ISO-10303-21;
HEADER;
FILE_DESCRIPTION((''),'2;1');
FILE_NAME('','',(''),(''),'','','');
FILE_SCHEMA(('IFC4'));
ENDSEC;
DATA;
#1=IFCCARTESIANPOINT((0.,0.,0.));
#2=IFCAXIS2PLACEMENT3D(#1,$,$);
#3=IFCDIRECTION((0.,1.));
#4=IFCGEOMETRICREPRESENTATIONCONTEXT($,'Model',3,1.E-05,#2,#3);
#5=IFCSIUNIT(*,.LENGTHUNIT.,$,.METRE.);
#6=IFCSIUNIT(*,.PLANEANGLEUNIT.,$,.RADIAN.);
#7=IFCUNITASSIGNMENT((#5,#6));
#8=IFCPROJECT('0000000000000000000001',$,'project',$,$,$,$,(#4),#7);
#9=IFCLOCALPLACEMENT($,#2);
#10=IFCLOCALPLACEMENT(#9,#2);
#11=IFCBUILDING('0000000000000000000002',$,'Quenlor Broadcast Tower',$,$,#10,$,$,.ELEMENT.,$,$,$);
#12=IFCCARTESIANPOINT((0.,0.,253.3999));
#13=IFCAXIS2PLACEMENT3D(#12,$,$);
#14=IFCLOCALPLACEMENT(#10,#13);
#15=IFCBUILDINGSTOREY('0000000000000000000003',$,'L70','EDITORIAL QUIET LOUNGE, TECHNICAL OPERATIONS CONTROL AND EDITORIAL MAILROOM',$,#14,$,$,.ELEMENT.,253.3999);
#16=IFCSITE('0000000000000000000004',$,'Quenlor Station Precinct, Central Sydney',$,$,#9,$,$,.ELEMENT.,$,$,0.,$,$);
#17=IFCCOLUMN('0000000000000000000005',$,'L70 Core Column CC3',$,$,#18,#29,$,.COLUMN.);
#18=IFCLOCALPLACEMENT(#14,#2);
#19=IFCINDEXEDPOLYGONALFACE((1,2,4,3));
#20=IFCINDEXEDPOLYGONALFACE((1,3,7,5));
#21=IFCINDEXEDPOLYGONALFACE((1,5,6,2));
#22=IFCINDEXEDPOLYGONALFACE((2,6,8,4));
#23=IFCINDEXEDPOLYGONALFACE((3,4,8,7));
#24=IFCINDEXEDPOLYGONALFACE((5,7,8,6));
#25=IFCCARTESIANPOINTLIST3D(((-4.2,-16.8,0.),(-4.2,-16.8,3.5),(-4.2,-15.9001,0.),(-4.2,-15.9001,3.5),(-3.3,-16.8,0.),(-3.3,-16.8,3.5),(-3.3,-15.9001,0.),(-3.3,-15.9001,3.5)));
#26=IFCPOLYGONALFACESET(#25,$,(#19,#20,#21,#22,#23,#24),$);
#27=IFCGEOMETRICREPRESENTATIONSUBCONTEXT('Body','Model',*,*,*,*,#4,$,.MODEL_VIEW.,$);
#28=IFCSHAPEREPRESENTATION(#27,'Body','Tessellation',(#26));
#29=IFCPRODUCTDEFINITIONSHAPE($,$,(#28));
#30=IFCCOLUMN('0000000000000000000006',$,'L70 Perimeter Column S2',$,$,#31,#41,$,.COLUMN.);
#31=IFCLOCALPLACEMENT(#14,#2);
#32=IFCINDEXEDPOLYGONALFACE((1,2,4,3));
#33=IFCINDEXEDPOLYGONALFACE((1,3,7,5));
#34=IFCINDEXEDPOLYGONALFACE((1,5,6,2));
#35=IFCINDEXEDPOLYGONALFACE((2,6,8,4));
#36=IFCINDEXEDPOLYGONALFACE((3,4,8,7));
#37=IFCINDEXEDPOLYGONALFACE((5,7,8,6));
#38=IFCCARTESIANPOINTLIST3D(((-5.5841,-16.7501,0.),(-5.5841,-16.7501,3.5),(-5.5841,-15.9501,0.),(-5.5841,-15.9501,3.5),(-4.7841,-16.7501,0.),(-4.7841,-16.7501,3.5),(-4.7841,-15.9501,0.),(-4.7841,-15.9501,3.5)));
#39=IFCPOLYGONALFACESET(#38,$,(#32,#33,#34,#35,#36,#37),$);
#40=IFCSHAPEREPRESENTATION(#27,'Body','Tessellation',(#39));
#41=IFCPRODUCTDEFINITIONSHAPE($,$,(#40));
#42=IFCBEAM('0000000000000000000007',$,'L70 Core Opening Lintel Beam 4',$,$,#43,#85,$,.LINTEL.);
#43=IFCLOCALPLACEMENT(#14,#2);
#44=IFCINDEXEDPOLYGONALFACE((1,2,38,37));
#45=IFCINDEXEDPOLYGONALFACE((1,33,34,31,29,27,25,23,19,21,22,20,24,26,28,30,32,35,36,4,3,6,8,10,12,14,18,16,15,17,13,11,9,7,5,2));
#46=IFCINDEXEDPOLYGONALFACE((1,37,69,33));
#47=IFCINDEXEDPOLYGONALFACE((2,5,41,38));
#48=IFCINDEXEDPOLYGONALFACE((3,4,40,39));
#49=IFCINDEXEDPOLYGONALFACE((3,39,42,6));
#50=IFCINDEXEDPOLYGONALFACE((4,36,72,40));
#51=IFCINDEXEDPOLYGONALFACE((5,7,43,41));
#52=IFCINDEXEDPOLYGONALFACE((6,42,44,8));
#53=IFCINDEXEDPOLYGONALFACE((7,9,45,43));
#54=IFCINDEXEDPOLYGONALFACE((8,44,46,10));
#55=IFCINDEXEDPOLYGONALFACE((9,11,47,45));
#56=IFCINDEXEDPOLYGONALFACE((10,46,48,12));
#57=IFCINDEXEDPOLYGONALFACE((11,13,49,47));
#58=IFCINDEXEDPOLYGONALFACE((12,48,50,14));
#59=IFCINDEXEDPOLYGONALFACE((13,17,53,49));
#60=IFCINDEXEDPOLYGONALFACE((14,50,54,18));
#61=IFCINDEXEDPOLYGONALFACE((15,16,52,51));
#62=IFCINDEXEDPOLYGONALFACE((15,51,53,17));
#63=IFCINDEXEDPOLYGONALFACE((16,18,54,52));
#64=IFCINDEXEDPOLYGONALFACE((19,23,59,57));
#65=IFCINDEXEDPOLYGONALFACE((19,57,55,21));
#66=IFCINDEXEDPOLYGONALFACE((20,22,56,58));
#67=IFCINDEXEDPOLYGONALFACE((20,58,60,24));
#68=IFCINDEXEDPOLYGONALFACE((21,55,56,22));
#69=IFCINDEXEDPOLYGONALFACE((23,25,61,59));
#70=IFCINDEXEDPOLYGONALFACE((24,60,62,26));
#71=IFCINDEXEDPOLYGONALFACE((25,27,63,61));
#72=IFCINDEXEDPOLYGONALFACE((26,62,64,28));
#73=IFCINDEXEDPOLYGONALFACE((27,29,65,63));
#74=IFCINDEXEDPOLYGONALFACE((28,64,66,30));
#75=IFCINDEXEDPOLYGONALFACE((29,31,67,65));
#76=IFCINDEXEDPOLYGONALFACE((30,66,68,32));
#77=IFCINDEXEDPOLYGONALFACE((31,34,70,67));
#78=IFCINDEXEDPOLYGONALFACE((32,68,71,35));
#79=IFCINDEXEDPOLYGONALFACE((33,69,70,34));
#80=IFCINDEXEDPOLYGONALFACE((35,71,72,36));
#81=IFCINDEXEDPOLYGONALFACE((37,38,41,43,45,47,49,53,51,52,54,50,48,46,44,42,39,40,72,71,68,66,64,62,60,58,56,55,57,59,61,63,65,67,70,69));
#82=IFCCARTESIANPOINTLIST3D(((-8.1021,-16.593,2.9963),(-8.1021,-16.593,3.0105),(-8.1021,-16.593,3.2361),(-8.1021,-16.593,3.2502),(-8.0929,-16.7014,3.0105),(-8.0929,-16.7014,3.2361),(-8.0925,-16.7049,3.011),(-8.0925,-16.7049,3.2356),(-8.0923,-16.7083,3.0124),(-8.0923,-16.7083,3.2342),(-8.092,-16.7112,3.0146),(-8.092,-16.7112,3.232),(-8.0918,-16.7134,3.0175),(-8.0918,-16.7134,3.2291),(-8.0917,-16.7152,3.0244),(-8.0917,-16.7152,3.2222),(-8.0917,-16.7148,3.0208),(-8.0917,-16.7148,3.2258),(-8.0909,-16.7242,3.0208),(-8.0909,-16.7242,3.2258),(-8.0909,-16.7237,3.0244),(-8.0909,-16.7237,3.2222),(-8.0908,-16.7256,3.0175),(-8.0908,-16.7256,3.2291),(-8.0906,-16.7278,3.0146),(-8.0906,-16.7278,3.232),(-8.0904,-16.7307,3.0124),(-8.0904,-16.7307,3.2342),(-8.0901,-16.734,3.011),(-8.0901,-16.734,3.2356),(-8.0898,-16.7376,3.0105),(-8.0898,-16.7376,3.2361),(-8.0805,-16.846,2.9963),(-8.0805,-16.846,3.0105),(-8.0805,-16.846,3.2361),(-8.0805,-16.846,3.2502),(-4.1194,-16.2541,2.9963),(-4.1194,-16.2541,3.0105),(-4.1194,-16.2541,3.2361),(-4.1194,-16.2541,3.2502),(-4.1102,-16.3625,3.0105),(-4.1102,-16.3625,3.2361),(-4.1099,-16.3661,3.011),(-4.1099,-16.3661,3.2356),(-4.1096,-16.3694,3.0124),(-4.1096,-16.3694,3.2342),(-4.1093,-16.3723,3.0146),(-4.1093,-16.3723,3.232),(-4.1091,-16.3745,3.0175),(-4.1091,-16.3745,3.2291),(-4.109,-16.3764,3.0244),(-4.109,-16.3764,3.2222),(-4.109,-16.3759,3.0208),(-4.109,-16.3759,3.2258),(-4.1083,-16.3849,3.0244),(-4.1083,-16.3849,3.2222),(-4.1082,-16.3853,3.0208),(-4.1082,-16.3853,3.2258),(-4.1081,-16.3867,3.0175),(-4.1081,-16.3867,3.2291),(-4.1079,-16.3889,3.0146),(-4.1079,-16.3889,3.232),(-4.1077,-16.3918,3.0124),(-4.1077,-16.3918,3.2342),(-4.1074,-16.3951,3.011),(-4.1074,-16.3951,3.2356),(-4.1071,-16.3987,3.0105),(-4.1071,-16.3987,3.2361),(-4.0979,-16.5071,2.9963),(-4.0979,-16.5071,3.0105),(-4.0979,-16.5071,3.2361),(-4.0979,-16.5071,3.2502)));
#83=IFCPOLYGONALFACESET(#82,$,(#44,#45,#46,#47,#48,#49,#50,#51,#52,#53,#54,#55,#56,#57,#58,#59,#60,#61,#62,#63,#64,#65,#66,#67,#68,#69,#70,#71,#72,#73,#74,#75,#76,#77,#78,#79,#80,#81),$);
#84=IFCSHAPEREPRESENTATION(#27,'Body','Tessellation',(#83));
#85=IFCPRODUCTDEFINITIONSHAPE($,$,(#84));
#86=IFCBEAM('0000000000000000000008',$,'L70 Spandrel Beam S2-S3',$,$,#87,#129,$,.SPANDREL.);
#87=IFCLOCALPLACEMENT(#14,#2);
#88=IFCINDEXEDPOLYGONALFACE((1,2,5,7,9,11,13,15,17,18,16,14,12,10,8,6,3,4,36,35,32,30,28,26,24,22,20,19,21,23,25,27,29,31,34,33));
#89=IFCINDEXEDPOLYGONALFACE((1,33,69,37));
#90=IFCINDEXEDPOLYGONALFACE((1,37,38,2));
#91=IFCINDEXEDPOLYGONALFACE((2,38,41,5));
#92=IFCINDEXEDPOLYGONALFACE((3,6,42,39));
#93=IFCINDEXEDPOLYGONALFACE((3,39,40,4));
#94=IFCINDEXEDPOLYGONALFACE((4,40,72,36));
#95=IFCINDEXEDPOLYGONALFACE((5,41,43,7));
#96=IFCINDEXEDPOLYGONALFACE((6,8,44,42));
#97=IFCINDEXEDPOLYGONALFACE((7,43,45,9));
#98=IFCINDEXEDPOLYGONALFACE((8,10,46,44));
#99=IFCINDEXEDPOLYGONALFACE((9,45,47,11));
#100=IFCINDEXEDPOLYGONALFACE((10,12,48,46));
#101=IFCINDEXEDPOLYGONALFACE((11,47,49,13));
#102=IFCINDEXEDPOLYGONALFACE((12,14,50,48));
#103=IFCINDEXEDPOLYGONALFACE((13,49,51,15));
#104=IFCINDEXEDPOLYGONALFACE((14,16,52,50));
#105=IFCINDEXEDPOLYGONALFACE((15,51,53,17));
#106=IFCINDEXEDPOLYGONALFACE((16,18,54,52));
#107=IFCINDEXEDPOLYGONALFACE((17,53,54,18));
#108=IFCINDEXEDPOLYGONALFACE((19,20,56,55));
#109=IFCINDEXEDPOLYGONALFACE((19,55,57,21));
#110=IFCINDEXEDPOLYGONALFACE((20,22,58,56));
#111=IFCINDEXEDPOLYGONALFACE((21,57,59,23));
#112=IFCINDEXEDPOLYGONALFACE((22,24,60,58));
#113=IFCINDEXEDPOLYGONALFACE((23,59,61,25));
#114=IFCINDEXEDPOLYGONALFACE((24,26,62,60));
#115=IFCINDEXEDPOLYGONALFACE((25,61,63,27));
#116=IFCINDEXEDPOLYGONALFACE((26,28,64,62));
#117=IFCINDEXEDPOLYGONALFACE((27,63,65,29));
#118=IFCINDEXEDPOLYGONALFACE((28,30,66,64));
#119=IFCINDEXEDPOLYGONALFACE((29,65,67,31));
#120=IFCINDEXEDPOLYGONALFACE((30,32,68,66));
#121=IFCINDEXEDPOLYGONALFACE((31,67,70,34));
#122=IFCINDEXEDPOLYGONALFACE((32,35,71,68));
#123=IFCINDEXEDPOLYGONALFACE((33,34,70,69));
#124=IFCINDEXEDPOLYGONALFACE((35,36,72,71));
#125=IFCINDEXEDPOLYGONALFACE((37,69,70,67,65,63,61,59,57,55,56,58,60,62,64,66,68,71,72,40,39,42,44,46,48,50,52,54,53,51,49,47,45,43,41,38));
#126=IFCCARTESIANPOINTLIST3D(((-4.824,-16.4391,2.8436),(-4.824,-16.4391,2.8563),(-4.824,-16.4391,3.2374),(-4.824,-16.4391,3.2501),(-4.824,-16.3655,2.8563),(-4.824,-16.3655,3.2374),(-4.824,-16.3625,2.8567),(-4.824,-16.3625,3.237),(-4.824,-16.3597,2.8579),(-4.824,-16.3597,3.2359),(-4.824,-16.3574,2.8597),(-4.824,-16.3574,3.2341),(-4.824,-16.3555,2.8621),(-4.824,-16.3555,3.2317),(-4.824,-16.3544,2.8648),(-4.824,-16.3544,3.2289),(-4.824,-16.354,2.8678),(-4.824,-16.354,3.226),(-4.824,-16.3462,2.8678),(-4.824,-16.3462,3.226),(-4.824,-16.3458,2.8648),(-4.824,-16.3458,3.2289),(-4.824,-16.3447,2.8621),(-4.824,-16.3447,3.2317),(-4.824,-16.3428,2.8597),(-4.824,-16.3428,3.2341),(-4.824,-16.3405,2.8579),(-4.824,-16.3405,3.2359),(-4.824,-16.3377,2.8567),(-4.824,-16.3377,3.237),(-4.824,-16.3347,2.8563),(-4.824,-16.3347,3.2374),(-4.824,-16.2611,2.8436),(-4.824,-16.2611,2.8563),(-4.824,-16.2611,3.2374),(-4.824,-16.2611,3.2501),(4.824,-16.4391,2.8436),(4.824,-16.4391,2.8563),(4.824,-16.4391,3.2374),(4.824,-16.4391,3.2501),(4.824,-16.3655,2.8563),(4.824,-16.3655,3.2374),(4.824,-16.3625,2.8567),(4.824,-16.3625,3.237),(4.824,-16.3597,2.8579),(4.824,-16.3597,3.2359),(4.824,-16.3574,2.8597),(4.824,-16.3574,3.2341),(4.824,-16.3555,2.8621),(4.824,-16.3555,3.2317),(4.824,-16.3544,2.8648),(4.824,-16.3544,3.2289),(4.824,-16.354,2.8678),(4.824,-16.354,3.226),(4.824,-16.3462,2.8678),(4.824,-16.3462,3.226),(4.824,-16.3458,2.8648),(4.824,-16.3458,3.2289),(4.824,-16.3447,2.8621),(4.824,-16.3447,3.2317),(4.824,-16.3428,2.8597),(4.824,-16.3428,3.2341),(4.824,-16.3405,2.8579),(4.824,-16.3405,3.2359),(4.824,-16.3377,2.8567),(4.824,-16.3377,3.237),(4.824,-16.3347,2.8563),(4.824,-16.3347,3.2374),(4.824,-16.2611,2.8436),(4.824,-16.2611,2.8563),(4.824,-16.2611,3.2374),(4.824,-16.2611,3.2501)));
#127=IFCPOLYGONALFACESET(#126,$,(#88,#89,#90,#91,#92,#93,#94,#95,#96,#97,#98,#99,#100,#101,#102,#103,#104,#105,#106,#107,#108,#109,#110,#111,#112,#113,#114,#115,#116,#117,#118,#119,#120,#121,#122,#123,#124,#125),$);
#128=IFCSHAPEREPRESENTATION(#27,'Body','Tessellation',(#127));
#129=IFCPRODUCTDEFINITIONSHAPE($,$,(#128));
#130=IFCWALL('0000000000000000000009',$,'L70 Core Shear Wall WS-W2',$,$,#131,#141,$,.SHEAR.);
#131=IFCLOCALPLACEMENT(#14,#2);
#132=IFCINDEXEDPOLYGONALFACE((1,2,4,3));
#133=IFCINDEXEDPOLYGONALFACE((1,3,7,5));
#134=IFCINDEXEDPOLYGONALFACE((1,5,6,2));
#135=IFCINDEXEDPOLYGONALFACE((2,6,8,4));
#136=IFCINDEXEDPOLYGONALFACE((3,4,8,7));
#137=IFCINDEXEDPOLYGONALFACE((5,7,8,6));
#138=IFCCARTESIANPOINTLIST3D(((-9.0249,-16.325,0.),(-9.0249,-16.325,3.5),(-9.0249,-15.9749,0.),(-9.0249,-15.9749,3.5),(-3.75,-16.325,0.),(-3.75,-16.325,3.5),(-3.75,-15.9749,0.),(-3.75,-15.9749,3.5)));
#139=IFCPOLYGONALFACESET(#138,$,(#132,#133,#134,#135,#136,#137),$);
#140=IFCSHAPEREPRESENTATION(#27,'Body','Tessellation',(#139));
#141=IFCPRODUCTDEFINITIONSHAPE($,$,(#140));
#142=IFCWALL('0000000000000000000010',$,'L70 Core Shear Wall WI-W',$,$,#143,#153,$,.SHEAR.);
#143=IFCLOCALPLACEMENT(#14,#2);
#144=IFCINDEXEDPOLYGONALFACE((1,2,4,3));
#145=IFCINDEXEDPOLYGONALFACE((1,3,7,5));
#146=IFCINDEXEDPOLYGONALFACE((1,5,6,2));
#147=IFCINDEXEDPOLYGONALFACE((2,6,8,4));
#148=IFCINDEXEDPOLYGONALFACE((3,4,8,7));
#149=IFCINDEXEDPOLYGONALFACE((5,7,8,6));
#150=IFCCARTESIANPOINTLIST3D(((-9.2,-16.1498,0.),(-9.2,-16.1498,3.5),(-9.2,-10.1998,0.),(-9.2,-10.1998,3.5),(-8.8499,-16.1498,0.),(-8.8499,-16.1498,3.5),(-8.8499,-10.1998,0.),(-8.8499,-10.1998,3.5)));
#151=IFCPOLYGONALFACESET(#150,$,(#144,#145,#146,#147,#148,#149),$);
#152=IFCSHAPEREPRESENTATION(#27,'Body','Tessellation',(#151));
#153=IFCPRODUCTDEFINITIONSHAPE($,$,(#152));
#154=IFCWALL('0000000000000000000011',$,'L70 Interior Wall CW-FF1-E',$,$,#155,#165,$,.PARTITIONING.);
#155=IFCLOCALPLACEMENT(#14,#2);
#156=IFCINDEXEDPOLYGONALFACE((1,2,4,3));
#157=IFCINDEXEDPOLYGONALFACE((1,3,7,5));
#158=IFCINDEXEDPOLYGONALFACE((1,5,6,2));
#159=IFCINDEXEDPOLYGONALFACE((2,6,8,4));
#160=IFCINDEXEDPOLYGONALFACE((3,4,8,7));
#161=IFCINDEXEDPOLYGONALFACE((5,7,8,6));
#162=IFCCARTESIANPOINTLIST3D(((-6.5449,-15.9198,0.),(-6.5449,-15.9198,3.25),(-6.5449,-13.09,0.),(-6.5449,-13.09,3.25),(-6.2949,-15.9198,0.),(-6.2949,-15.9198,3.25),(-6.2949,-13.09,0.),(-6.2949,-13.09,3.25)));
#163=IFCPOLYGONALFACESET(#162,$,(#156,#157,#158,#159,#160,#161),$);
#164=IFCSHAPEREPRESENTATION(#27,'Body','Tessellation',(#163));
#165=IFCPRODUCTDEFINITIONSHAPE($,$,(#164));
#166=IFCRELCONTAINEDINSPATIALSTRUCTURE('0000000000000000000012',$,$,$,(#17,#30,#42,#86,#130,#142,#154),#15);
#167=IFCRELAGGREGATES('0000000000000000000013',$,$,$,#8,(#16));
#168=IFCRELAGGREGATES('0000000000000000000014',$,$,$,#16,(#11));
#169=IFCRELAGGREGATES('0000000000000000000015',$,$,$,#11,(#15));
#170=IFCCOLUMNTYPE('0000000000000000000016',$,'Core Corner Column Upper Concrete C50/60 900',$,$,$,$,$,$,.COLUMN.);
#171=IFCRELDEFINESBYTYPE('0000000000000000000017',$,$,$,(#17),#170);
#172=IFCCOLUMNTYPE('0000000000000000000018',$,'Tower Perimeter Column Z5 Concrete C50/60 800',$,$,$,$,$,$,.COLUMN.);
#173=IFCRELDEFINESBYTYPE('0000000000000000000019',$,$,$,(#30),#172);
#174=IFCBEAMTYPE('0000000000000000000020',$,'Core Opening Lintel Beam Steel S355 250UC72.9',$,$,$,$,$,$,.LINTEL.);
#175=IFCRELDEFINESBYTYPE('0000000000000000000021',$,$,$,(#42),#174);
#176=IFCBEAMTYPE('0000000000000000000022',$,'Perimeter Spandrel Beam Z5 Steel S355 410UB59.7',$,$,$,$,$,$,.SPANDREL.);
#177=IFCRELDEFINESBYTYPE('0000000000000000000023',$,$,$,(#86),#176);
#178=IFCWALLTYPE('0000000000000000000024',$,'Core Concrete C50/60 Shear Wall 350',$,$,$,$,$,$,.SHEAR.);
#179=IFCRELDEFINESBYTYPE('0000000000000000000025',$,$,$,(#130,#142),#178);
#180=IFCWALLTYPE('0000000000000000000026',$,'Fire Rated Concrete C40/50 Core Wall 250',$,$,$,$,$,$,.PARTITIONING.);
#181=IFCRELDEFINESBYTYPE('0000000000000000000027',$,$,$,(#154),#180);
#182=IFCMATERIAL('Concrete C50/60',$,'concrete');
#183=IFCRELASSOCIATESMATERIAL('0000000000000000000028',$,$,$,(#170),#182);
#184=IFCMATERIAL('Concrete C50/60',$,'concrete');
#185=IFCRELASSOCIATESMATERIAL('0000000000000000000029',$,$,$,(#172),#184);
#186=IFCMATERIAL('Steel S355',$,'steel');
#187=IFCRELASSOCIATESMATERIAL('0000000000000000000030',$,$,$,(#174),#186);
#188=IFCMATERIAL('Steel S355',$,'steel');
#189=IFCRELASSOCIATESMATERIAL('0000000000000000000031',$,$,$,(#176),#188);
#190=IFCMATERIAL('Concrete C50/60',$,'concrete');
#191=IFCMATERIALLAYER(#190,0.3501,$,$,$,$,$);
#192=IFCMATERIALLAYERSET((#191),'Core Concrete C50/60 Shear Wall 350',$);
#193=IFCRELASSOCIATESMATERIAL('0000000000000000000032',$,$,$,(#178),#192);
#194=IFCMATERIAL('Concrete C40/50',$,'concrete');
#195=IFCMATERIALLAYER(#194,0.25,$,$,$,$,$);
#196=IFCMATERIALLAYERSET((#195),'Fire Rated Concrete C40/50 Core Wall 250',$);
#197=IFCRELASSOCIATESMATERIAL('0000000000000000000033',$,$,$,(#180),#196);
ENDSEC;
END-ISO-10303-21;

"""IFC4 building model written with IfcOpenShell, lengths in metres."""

from ifc_helpers import new_model, si_unit, direction, frame, frame_2d, origin, origin_2d, place, context, subcontext, project, spatial, rectangle, i_section, extrude, material, layer, layer_set, material_profile, profile_set, type_object, element, save


model = new_model("IFC4")

# Units and contexts
model_context = context("Model", 3, precision=1e-05, world=origin(), true_north=direction((0.0, 1.0)))
body_context = subcontext(model_context, "Body", "Model", "MODEL_VIEW")
ifc_project = project(units=[si_unit("LENGTHUNIT", "METRE"), si_unit("PLANEANGLEUNIT", "RADIAN")], contexts=[model_context])

# Site, building, storey
site_placement = place(None, origin())
site = spatial("IfcSite", under=ifc_project, at=site_placement, Name="Quenlor Station Precinct, Central Sydney", CompositionType="ELEMENT", RefElevation=0.0)
building_placement = place(site_placement, origin())
building = spatial("IfcBuilding", under=site, at=building_placement, Name="Quenlor Broadcast Tower", CompositionType="ELEMENT")
storey_placement = place(building_placement, frame((0.0, 0.0, 253.3999)))
storey = spatial("IfcBuildingStorey", under=building, at=storey_placement, Name="L70", Description="EDITORIAL QUIET LOUNGE, TECHNICAL OPERATIONS CONTROL AND EDITORIAL MAILROOM", CompositionType="ELEMENT", Elevation=253.3999)

# Columns
ifc_material_1 = material(Name="Concrete C50/60", Category="concrete")
ifc_material_profile_1 = material_profile(ifc_material_1, rectangle(XDim=0.8999, YDim=0.8999, at=origin_2d()))
ifc_profile_set_1 = profile_set([ifc_material_profile_1], Name="Concrete C50/60 RC900x900")
column_type_1 = type_object("IfcColumnType", Name="Core Corner Column Upper Concrete C50/60 900", PredefinedType="COLUMN", material=ifc_profile_set_1)
column_1_placement = place(storey_placement, frame((-3.75, -16.3501, 0.0), z_axis=(0.0, 0.0, 1.0), x_axis=(1.0, 0.0, 0.0)))
element("IfcColumn", 1, at=column_1_placement, inside=storey, type_object=column_type_1, Name="L70 Core Column CC3", PredefinedType="COLUMN", context=body_context, shape_type="SweptSolid", body=[
    extrude(rectangle(XDim=0.8999, YDim=0.8999, at=origin_2d()), origin(), (0.0, 0.0, 1.0), 3.5),
])
ifc_material_2 = material(Name="Concrete C50/60", Category="concrete")
ifc_material_profile_2 = material_profile(ifc_material_2, rectangle(XDim=0.8, YDim=0.8, at=origin_2d()))
ifc_profile_set_2 = profile_set([ifc_material_profile_2], Name="Concrete C50/60 RC800x800")
column_type_2 = type_object("IfcColumnType", Name="Tower Perimeter Column Z5 Concrete C50/60 800", PredefinedType="COLUMN", material=ifc_profile_set_2)
column_2_placement = place(storey_placement, frame((-5.1841, -16.3501, 0.0), z_axis=(0.0, 0.0, 1.0), x_axis=(0.0, 1.0, 0.0)))
element("IfcColumn", 2, at=column_2_placement, inside=storey, type_object=column_type_2, Name="L70 Perimeter Column S2", PredefinedType="COLUMN", context=body_context, shape_type="SweptSolid", body=[
    extrude(rectangle(XDim=0.8, YDim=0.8, at=origin_2d()), origin(), (0.0, 0.0, 1.0), 3.5),
])

# Beams
ifc_material_3 = material(Name="Steel S355", Category="steel")
ifc_material_profile_3 = material_profile(ifc_material_3, i_section(OverallWidth=0.2539, OverallDepth=0.2539, WebThickness=0.0085, FlangeThickness=0.0142, FilletRadius=0.0139, at=origin_2d()))
ifc_profile_set_3 = profile_set([ifc_material_profile_3], Name="Steel S355 250UC72.9")
beam_type_1 = type_object("IfcBeamType", Name="Core Opening Lintel Beam Steel S355 250UC72.9", PredefinedType="LINTEL", material=ifc_profile_set_3)
beam_1_placement = place(storey_placement, frame((-8.0913, -16.7195, 3.1233), z_axis=(0.9964, 0.084779, 0.0), x_axis=(-0.084779, 0.9964, 0.0)))
element("IfcBeam", 3, at=beam_1_placement, inside=storey, type_object=beam_type_1, Name="L70 Core Opening Lintel Beam 4", PredefinedType="LINTEL", context=body_context, shape_type="SweptSolid", body=[
    extrude(i_section(OverallWidth=0.2539, OverallDepth=0.2539, WebThickness=0.0085, FlangeThickness=0.0142, FilletRadius=0.0139, at=origin_2d()), origin(), (0.0, 0.0, 1.0), 3.9971),
])
ifc_material_4 = material(Name="Steel S355", Category="steel")
ifc_material_profile_4 = material_profile(ifc_material_4, i_section(OverallWidth=0.178, OverallDepth=0.4065, WebThickness=0.0078, FlangeThickness=0.0127, FilletRadius=0.0115, at=origin_2d()))
ifc_profile_set_4 = profile_set([ifc_material_profile_4], Name="Steel S355 410UB59.7")
beam_type_2 = type_object("IfcBeamType", Name="Perimeter Spandrel Beam Z5 Steel S355 410UB59.7", PredefinedType="SPANDREL", material=ifc_profile_set_4)
beam_2_placement = place(storey_placement, frame((-4.824, -16.3501, 3.0469), z_axis=(1.0, 0.0, 0.0), x_axis=(0.0, 1.0, 0.0)))
element("IfcBeam", 4, at=beam_2_placement, inside=storey, type_object=beam_type_2, Name="L70 Spandrel Beam S2-S3", PredefinedType="SPANDREL", context=body_context, shape_type="SweptSolid", body=[
    extrude(i_section(OverallWidth=0.178, OverallDepth=0.4065, WebThickness=0.0078, FlangeThickness=0.0127, FilletRadius=0.0115, at=origin_2d()), origin(), (0.0, 0.0, 1.0), 9.6479),
])

# Walls
ifc_material_5 = material(Name="Concrete C50/60", Category="concrete")
ifc_layer_1 = layer(ifc_material_5, 0.3501)
ifc_layer_set_1 = layer_set([ifc_layer_1], Name="Core Concrete C50/60 Shear Wall 350")
wall_type_1 = type_object("IfcWallType", Name="Core Concrete C50/60 Shear Wall 350", PredefinedType="SHEAR", material=ifc_layer_set_1)
wall_1_placement = place(storey_placement, frame((-9.0249, -16.1499, 0.0), z_axis=(0.0, 0.0, 1.0), x_axis=(1.0, 0.0, 0.0)))
element("IfcWall", 5, at=wall_1_placement, inside=storey, type_object=wall_type_1, Name="L70 Core Shear Wall WS-W2", PredefinedType="SHEAR", context=body_context, shape_type="SweptSolid", body=[
    extrude(rectangle(XDim=5.2749, YDim=0.3501, at=frame_2d((2.6375, 0.0))), origin(), (0.0, 0.0, 1.0), 3.5),
])
wall_2_placement = place(storey_placement, frame((-9.0249, -16.1499, 0.0), z_axis=(0.0, 0.0, 1.0), x_axis=(0.0, 1.0, 0.0)))
element("IfcWall", 6, at=wall_2_placement, inside=storey, type_object=wall_type_1, Name="L70 Core Shear Wall WI-W", PredefinedType="SHEAR", context=body_context, shape_type="SweptSolid", body=[
    extrude(rectangle(XDim=5.95, YDim=0.3501, at=frame_2d((2.9751, 0.0))), origin(), (0.0, 0.0, 1.0), 3.5),
])

# Shared definitions
ifc_material_6 = material(Name="Concrete C40/50", Category="concrete")
ifc_layer_2 = layer(ifc_material_6, 0.25)
ifc_layer_set_2 = layer_set([ifc_layer_2], Name="Fire Rated Concrete C40/50 Core Wall 250")
wall_type_2 = type_object("IfcWallType", Name="Fire Rated Concrete C40/50 Core Wall 250", PredefinedType="PARTITIONING", material=ifc_layer_set_2)

# Wall
wall_3_placement = place(storey_placement, frame((-6.4199, -15.9199, 0.0), z_axis=(0.0, 0.0, 1.0), x_axis=(0.0, 1.0, 0.0)))
element("IfcWall", 7, at=wall_3_placement, inside=storey, type_object=wall_type_2, Name="L70 Interior Wall CW-FF1-E", PredefinedType="PARTITIONING", context=body_context, shape_type="SweptSolid", body=[
    extrude(rectangle(XDim=2.8298, YDim=0.25, at=frame_2d((1.415, 0.0))), origin(), (0.0, 0.0, 1.0), 3.25),
])

save(model, "model.ifc")
